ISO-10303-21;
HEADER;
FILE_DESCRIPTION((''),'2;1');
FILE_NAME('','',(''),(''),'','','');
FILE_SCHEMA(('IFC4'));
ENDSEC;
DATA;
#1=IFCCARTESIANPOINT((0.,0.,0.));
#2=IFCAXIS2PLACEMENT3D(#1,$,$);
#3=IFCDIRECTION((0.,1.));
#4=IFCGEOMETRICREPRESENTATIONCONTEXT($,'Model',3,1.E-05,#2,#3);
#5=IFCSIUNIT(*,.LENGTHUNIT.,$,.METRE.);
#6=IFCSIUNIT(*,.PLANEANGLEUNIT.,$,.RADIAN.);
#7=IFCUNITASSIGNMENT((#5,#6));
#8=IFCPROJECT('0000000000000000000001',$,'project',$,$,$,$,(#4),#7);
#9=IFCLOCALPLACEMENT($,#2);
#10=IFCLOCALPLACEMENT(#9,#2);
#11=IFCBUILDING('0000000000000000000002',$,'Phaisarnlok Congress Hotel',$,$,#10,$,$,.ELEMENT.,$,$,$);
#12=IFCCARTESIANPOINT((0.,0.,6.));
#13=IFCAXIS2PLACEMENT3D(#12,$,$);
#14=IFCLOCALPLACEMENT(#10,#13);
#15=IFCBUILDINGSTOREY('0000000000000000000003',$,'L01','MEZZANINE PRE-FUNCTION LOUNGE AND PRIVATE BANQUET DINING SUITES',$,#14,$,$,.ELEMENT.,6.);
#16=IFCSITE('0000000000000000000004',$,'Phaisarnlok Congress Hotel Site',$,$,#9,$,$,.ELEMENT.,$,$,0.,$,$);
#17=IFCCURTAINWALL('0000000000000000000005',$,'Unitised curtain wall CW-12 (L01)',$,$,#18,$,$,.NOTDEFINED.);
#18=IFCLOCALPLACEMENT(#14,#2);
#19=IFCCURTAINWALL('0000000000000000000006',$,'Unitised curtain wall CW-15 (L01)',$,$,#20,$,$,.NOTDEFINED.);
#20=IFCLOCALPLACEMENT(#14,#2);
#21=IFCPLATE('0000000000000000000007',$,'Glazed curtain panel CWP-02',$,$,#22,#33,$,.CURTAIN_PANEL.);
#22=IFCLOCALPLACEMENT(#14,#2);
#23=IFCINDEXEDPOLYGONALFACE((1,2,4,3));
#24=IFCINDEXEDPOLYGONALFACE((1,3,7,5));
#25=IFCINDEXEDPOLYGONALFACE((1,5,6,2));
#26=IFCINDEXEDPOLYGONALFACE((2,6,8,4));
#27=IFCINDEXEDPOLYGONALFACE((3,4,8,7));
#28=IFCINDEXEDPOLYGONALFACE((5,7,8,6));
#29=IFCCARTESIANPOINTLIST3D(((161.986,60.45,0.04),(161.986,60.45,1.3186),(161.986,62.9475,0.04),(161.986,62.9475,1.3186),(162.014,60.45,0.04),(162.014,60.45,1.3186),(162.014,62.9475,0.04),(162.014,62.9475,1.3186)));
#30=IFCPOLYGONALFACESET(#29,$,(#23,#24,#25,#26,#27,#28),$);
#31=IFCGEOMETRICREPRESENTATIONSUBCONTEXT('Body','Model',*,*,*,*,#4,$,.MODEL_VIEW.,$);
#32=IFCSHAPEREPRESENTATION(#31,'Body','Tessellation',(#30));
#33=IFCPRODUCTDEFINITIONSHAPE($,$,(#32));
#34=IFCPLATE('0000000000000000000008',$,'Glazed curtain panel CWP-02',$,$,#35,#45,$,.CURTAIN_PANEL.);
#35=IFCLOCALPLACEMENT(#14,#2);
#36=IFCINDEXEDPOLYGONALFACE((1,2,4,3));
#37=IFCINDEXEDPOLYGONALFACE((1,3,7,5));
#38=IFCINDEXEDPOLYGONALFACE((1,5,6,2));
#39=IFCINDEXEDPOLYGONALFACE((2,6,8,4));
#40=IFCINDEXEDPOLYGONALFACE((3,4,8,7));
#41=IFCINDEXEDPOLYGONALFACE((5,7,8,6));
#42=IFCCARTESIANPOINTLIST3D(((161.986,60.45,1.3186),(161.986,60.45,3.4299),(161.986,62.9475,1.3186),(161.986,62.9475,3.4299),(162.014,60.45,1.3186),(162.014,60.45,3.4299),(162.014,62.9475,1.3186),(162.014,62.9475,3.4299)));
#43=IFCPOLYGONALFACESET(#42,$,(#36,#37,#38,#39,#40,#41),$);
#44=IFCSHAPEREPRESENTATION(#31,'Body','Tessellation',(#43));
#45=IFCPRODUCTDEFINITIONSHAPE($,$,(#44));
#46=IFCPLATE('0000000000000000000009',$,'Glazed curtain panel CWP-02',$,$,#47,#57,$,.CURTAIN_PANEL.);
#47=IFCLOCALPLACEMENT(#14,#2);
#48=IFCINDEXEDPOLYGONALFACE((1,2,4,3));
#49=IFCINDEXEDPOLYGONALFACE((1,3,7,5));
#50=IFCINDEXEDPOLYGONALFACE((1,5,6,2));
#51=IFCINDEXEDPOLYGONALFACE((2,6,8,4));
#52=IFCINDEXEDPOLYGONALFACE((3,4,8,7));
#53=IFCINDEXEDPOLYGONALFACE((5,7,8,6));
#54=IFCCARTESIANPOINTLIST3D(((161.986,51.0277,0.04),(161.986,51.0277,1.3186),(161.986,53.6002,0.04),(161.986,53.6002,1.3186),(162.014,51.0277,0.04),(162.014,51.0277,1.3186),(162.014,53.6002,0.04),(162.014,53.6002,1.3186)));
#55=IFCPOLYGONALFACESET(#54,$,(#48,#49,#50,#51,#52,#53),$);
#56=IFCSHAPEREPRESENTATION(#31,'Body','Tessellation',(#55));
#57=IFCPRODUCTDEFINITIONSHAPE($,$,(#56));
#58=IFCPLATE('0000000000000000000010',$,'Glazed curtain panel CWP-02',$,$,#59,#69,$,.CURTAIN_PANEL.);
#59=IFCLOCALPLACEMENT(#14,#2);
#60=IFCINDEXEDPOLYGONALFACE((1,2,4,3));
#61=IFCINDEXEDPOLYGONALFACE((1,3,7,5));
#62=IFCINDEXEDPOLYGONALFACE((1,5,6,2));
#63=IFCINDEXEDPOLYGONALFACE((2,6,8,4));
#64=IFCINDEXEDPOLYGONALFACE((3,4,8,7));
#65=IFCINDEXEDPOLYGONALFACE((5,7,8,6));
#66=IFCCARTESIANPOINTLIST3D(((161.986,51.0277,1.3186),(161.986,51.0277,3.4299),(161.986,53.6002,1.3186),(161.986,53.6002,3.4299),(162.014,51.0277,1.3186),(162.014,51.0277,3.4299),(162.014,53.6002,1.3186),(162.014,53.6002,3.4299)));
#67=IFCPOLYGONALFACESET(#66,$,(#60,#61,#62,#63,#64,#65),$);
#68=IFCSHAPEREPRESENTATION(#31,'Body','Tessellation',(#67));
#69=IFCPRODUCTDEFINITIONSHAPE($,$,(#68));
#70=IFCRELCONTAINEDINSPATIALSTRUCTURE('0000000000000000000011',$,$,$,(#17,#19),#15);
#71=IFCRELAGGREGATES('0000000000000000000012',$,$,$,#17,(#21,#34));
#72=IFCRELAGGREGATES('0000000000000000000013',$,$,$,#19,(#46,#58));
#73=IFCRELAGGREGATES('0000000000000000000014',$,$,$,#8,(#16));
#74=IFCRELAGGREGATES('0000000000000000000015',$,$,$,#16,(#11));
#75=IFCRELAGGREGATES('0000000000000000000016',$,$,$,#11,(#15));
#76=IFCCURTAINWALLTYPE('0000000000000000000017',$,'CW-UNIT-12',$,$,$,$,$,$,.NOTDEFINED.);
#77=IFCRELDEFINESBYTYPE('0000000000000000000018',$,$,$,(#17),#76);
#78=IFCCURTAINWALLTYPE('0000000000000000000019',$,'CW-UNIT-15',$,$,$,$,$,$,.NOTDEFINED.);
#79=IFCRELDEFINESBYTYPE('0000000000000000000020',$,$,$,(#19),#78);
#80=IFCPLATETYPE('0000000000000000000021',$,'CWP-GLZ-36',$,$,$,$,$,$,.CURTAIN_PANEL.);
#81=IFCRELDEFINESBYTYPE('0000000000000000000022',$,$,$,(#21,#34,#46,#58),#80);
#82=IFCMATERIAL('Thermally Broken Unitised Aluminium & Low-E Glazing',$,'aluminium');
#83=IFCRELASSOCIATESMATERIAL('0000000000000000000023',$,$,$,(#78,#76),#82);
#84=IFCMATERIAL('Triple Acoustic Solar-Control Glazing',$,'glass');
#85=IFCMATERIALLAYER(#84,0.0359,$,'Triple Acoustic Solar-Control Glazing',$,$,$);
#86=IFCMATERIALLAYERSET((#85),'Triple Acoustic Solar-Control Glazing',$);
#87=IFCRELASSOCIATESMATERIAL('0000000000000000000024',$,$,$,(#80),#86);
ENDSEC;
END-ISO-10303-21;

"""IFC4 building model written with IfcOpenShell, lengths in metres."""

from ifc_helpers import new_model, si_unit, direction, frame, frame_2d, origin, place, context, subcontext, project, spatial, rectangle, extrude, material, layer, layer_set, type_object, element, aggregate, save


model = new_model("IFC4")

# Units and contexts
model_context = context("Model", 3, precision=1e-05, world=origin(), true_north=direction((0.0, 1.0)))
body_context = subcontext(model_context, "Body", "Model", "MODEL_VIEW")
ifc_project = project(units=[si_unit("LENGTHUNIT", "METRE"), si_unit("PLANEANGLEUNIT", "RADIAN")], contexts=[model_context])

# Site, building, storey
site_placement = place(None, origin())
site = spatial("IfcSite", under=ifc_project, at=site_placement, Name="Phaisarnlok Congress Hotel Site", CompositionType="ELEMENT", RefElevation=0.0)
building_placement = place(site_placement, origin())
building = spatial("IfcBuilding", under=site, at=building_placement, Name="Phaisarnlok Congress Hotel", CompositionType="ELEMENT")
storey_placement = place(building_placement, frame((0.0, 0.0, 6.0)))
storey = spatial("IfcBuildingStorey", under=building, at=storey_placement, Name="L01", Description="MEZZANINE PRE-FUNCTION LOUNGE AND PRIVATE BANQUET DINING SUITES", CompositionType="ELEMENT", Elevation=6.0)

# Curtain walls
ifc_material_1 = material(Name="Thermally Broken Unitised Aluminium & Low-E Glazing", Category="aluminium")
curtain_wall_type_1 = type_object("IfcCurtainWallType", Name="CW-UNIT-15", PredefinedType="NOTDEFINED", material=ifc_material_1)
curtain_wall_type_2 = type_object("IfcCurtainWallType", Name="CW-UNIT-12", PredefinedType="NOTDEFINED", material=ifc_material_1)
curtain_wall_1_placement = place(storey_placement, origin())
curtain_wall_1 = element("IfcCurtainWall", 1, at=curtain_wall_1_placement, inside=storey, type_object=curtain_wall_type_2, Name="Unitised curtain wall CW-12 (L01)", PredefinedType="NOTDEFINED")
curtain_wall_2_placement = place(storey_placement, origin())
curtain_wall_2 = element("IfcCurtainWall", 2, at=curtain_wall_2_placement, inside=storey, type_object=curtain_wall_type_1, Name="Unitised curtain wall CW-15 (L01)", PredefinedType="NOTDEFINED")

# Plates
ifc_material_2 = material(Name="Triple Acoustic Solar-Control Glazing", Category="glass")
ifc_layer = layer(ifc_material_2, 0.0359, Name="Triple Acoustic Solar-Control Glazing")
ifc_layer_set = layer_set([ifc_layer], Name="Triple Acoustic Solar-Control Glazing")
plate_type = type_object("IfcPlateType", Name="CWP-GLZ-36", PredefinedType="CURTAIN_PANEL", material=ifc_layer_set)
plate_1_placement = place(storey_placement, frame((162.0, 62.9475, 0.04), z_axis=(0.0, 0.0, 1.0), x_axis=(0.0, -1.0, 0.0)))
plate_1 = element("IfcPlate", 3, at=plate_1_placement, type_object=plate_type, Name="Glazed curtain panel CWP-02", PredefinedType="CURTAIN_PANEL", context=body_context, shape_type="SweptSolid", body=[
    extrude(rectangle(XDim=2.4976, YDim=0.0281, at=frame_2d((1.2488, 0.0))), origin(), (0.0, 0.0, 1.0), 1.2786),
])
plate_2_placement = place(storey_placement, frame((162.0, 62.9475, 1.3186), z_axis=(0.0, 0.0, 1.0), x_axis=(0.0, -1.0, 0.0)))
plate_2 = element("IfcPlate", 4, at=plate_2_placement, type_object=plate_type, Name="Glazed curtain panel CWP-02", PredefinedType="CURTAIN_PANEL", context=body_context, shape_type="SweptSolid", body=[
    extrude(rectangle(XDim=2.4976, YDim=0.0281, at=frame_2d((1.2488, 0.0))), origin(), (0.0, 0.0, 1.0), 2.1113),
])
aggregate(curtain_wall_1, [plate_1, plate_2])
plate_3_placement = place(storey_placement, frame((162.0, 53.6001, 0.04), z_axis=(0.0, 0.0, 1.0), x_axis=(0.0, -1.0, 0.0)))
plate_3 = element("IfcPlate", 5, at=plate_3_placement, type_object=plate_type, Name="Glazed curtain panel CWP-02", PredefinedType="CURTAIN_PANEL", context=body_context, shape_type="SweptSolid", body=[
    extrude(rectangle(XDim=2.5725, YDim=0.0281, at=frame_2d((1.2861, 0.0))), origin(), (0.0, 0.0, 1.0), 1.2786),
])
plate_4_placement = place(storey_placement, frame((162.0, 53.6001, 1.3186), z_axis=(0.0, 0.0, 1.0), x_axis=(0.0, -1.0, 0.0)))
plate_4 = element("IfcPlate", 6, at=plate_4_placement, type_object=plate_type, Name="Glazed curtain panel CWP-02", PredefinedType="CURTAIN_PANEL", context=body_context, shape_type="SweptSolid", body=[
    extrude(rectangle(XDim=2.5725, YDim=0.0281, at=frame_2d((1.2861, 0.0))), origin(), (0.0, 0.0, 1.0), 2.1113),
])
aggregate(curtain_wall_2, [plate_3, plate_4])

save(model, "model.ifc")
